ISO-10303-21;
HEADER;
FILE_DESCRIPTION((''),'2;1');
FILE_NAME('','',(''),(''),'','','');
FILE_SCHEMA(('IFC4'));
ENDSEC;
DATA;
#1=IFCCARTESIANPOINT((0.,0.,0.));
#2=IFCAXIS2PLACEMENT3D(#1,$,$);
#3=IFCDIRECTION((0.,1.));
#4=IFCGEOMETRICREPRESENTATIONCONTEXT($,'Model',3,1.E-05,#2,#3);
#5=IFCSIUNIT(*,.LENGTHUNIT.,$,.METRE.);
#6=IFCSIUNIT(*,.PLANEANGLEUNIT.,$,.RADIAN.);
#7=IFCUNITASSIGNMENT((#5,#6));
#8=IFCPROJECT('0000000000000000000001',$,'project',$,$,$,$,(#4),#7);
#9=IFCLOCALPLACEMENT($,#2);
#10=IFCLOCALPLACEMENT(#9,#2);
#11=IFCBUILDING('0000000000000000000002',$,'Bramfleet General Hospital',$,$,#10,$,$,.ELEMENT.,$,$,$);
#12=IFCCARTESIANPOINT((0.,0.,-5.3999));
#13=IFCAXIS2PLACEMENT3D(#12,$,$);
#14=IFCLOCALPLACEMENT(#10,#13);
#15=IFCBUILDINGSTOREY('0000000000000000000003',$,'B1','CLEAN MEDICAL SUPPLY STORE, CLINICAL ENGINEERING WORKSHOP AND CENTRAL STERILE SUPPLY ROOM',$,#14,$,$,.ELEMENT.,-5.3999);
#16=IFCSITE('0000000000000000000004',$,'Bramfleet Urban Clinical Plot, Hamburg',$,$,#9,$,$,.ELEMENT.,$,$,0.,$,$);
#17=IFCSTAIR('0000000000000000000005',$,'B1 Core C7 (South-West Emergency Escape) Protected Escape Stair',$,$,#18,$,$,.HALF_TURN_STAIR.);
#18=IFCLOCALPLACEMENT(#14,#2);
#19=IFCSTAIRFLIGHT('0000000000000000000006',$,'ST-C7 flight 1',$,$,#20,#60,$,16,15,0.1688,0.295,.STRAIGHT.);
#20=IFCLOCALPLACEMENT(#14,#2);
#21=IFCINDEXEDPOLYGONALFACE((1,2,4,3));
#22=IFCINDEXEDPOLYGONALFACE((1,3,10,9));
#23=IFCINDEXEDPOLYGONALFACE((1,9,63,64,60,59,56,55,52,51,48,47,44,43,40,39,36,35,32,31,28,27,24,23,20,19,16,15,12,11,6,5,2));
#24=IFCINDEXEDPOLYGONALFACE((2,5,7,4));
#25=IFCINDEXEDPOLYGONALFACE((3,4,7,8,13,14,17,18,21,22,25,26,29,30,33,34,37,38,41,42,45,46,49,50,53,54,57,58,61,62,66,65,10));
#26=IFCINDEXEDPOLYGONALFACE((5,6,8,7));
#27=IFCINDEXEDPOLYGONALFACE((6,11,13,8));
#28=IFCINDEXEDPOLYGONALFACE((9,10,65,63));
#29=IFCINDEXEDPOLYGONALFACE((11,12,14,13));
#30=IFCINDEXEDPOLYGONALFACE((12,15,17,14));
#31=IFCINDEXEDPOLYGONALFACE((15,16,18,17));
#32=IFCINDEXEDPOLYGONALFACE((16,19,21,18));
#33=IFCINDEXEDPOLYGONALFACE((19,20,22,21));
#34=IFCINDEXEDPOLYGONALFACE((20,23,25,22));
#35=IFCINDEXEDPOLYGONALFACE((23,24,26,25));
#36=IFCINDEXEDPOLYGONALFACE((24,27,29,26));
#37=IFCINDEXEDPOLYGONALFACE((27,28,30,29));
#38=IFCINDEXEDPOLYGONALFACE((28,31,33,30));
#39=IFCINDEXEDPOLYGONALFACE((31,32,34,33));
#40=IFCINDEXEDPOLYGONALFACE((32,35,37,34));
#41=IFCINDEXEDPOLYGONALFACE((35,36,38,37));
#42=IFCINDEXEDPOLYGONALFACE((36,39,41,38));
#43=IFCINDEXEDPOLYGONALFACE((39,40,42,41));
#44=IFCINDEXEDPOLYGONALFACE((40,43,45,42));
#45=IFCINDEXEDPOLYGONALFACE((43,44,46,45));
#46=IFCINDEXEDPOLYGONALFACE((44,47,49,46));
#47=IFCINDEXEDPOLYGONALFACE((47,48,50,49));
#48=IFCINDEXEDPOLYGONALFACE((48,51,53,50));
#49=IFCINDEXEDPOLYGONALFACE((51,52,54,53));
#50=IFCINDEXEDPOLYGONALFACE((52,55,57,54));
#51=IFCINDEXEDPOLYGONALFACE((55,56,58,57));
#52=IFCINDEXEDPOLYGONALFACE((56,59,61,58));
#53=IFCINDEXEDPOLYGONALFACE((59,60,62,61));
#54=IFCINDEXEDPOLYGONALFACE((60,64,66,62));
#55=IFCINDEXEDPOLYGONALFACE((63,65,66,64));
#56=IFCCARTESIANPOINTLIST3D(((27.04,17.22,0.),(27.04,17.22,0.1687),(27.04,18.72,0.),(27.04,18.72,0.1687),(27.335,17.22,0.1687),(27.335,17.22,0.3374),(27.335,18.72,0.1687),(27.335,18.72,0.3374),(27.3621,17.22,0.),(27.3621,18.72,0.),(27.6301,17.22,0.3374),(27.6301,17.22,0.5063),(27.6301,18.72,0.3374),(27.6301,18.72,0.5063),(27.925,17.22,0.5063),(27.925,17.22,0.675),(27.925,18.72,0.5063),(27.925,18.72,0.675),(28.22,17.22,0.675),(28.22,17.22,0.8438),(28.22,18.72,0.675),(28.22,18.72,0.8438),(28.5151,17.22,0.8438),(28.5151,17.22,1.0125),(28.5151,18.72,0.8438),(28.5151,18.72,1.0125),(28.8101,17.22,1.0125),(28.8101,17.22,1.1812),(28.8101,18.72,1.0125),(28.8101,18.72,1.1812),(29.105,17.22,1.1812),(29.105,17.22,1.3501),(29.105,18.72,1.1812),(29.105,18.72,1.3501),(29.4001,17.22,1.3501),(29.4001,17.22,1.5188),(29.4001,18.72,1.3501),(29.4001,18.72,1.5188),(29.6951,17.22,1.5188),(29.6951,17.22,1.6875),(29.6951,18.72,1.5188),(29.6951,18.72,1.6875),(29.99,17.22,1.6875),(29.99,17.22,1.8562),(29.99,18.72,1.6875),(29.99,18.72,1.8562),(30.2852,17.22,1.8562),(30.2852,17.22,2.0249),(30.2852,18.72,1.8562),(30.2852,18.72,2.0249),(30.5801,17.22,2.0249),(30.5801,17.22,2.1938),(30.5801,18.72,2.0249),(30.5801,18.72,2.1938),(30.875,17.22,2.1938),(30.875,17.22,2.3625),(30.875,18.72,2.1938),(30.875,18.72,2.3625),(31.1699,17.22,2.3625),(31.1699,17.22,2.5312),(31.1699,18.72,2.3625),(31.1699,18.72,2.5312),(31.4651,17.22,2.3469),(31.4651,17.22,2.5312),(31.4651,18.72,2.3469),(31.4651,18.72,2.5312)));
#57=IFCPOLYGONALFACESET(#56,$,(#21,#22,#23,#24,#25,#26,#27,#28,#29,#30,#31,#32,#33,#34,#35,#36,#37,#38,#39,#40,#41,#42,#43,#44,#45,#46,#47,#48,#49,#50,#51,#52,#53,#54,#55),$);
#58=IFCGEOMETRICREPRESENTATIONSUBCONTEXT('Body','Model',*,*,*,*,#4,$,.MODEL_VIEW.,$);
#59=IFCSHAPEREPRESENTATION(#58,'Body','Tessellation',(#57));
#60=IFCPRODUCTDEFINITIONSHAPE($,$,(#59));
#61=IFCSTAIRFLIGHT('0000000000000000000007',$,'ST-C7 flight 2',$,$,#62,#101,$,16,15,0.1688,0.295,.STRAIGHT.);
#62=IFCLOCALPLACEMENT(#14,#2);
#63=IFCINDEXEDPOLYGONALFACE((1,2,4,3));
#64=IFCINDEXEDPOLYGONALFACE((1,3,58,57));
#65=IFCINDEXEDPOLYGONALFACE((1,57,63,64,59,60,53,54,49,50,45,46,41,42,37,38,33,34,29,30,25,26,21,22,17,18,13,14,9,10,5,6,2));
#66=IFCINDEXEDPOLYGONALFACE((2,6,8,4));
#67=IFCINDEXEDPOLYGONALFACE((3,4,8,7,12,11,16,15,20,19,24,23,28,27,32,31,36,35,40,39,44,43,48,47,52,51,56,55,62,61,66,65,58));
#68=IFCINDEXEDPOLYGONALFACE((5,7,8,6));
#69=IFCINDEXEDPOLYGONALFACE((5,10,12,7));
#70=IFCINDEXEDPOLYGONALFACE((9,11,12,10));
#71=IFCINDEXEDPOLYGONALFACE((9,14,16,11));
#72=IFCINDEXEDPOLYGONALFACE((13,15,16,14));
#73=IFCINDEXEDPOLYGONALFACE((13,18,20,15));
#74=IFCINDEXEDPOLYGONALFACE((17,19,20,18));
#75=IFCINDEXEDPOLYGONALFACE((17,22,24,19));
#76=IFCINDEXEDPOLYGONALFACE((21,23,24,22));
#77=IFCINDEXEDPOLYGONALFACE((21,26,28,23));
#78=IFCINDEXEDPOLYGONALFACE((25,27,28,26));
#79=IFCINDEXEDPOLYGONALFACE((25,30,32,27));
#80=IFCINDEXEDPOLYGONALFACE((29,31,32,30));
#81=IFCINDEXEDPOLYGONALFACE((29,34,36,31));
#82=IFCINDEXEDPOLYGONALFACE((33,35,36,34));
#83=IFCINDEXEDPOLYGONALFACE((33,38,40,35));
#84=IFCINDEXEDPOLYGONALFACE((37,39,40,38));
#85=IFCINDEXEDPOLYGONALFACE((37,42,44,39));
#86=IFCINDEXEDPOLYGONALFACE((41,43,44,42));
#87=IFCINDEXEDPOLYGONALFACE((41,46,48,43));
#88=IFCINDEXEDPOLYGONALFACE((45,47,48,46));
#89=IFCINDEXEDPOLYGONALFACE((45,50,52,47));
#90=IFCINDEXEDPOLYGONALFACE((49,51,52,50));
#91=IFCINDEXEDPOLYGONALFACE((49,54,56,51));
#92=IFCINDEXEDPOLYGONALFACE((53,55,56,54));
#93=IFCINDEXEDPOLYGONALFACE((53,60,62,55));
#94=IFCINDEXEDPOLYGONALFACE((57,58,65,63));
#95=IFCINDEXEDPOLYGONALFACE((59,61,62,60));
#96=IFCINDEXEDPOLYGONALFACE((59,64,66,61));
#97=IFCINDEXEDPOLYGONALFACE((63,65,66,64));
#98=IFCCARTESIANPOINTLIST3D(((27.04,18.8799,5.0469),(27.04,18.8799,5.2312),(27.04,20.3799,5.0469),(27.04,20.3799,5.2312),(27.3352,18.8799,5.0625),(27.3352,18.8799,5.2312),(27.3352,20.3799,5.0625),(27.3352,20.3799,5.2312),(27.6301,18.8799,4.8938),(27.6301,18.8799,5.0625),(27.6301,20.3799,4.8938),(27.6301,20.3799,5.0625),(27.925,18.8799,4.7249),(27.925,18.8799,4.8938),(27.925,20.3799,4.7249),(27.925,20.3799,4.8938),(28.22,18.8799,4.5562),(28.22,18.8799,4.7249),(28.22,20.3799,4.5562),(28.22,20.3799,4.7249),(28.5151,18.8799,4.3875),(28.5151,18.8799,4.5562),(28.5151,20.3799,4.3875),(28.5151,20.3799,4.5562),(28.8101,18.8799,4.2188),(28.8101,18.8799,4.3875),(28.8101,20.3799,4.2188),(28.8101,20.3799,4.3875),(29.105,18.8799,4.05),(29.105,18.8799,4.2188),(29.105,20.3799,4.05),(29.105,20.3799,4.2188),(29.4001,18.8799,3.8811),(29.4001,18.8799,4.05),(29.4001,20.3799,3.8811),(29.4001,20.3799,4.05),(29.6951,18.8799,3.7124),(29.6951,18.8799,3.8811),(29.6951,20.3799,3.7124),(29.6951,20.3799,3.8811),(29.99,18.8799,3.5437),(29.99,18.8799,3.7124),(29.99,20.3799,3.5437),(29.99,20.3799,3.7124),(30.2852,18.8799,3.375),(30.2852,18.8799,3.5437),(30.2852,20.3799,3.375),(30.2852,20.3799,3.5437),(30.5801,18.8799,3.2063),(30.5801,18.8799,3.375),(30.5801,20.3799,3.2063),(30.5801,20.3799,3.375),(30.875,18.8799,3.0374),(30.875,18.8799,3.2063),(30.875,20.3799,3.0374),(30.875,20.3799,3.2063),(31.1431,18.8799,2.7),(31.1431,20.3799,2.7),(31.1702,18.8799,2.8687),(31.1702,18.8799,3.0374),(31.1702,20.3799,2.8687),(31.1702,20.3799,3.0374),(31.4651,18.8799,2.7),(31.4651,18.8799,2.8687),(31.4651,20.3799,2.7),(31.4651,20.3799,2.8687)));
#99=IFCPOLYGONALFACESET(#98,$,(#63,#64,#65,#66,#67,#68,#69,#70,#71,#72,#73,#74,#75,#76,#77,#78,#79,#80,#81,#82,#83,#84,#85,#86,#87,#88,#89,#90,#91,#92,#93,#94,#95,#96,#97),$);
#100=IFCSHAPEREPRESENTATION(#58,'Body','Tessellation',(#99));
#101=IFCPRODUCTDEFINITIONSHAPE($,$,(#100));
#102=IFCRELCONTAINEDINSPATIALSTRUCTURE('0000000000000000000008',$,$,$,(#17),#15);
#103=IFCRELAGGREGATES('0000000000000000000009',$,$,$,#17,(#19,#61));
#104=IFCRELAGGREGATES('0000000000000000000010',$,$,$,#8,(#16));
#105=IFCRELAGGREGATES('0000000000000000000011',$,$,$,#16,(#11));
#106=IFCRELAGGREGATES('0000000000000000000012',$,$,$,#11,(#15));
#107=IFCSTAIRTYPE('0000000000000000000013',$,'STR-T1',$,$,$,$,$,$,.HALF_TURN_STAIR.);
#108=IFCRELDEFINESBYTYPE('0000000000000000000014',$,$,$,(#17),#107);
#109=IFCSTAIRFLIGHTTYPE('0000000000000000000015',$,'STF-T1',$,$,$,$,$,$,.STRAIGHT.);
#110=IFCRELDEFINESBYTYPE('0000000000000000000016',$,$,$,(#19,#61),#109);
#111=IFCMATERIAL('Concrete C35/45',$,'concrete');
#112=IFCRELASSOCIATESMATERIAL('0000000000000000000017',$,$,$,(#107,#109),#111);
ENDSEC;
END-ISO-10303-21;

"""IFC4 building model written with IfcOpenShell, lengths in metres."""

from ifc_helpers import new_model, si_unit, direction, frame, origin, place, context, subcontext, project, spatial, polyline, outline, extrude, material, type_object, element, aggregate, save


model = new_model("IFC4")

# Units and contexts
model_context = context("Model", 3, precision=1e-05, world=origin(), true_north=direction((0.0, 1.0)))
body_context = subcontext(model_context, "Body", "Model", "MODEL_VIEW")
ifc_project = project(units=[si_unit("LENGTHUNIT", "METRE"), si_unit("PLANEANGLEUNIT", "RADIAN")], contexts=[model_context])

# Site, building, storey
site_placement = place(None, origin())
site = spatial("IfcSite", under=ifc_project, at=site_placement, Name="Bramfleet Urban Clinical Plot, Hamburg", CompositionType="ELEMENT", RefElevation=0.0)
building_placement = place(site_placement, origin())
building = spatial("IfcBuilding", under=site, at=building_placement, Name="Bramfleet General Hospital", CompositionType="ELEMENT")
storey_placement = place(building_placement, frame((0.0, 0.0, -5.3999)))
storey = spatial("IfcBuildingStorey", under=building, at=storey_placement, Name="B1", Description="CLEAN MEDICAL SUPPLY STORE, CLINICAL ENGINEERING WORKSHOP AND CENTRAL STERILE SUPPLY ROOM", CompositionType="ELEMENT", Elevation=-5.3999)

# Shared definitions
ifc_material_1 = material(Name="Concrete C35/45", Category="concrete")

# Stair, stair flights
stair_type = type_object("IfcStairType", Name="STR-T1", PredefinedType="HALF_TURN_STAIR", material=ifc_material_1)
stair_placement = place(storey_placement, origin())
stair = element("IfcStair", 1, at=stair_placement, inside=storey, type_object=stair_type, Name="B1 Core C7 (South-West Emergency Escape) Protected Escape Stair", PredefinedType="HALF_TURN_STAIR")
stair_flight_type = type_object("IfcStairFlightType", Name="STF-T1", PredefinedType="STRAIGHT", material=ifc_material_1)
stair_flight_1_placement = place(storey_placement, frame((27.04, 17.97, 0.0), z_axis=(0.0, 0.0, 1.0), x_axis=(1.0, 0.0, 0.0)))
stair_flight_1 = element("IfcStairFlight", 2, at=stair_flight_1_placement, type_object=stair_flight_type, Name="ST-C7 flight 1", NumberOfRisers=16, NumberOfTreads=15, PredefinedType="STRAIGHT", RiserHeight=0.1688, TreadLength=0.295, context=body_context, shape_type="SweptSolid", body=[
    extrude(outline(polyline([(0.0, 0.0), (0.0, 0.1687), (0.2949, 0.1687), (0.2949, 0.3374), (0.5901, 0.3374), (0.5901, 0.5063), (0.885, 0.5063), (0.885, 0.675), (1.1799, 0.675), (1.1799, 0.8438), (1.4751, 0.8438), (1.4751, 1.0125), (1.77, 1.0125), (1.77, 1.1812), (2.0649, 1.1812), (2.0649, 1.3501), (2.3601, 1.3501), (2.3601, 1.5188), (2.655, 1.5188), (2.655, 1.6875), (2.95, 1.6875), (2.95, 1.8562), (3.2451, 1.8562), (3.2451, 2.0249), (3.54, 2.0249), (3.54, 2.1938), (3.835, 2.1938), (3.835, 2.3625), (4.1299, 2.3625), (4.1299, 2.5312), (4.425, 2.5312), (4.425, 2.7), (4.425, 2.3469), (0.322, 0.0), (0.0, 0.0)])), frame((0.0, 0.75, 0.0), z_axis=(0.0, -1.0, 0.0), x_axis=(1.0, 0.0, 0.0)), (0.0, 0.0, 1.0), 1.5),
])
stair_flight_2_placement = place(storey_placement, frame((31.4651, 19.6299, 2.7), z_axis=(0.0, 0.0, 1.0), x_axis=(-1.0, 0.0, 0.0)))
stair_flight_2 = element("IfcStairFlight", 3, at=stair_flight_2_placement, type_object=stair_flight_type, Name="ST-C7 flight 2", NumberOfRisers=16, NumberOfTreads=15, PredefinedType="STRAIGHT", RiserHeight=0.1688, TreadLength=0.295, context=body_context, shape_type="SweptSolid", body=[
    extrude(outline(polyline([(0.0, 0.0), (0.0, 0.1687), (0.2949, 0.1687), (0.2949, 0.3374), (0.5901, 0.3374), (0.5901, 0.5063), (0.885, 0.5063), (0.885, 0.675), (1.1799, 0.675), (1.1799, 0.8438), (1.4751, 0.8438), (1.4751, 1.0125), (1.77, 1.0125), (1.77, 1.1812), (2.0649, 1.1812), (2.0649, 1.3501), (2.3601, 1.3501), (2.3601, 1.5188), (2.655, 1.5188), (2.655, 1.6875), (2.95, 1.6875), (2.95, 1.8562), (3.2451, 1.8562), (3.2451, 2.0249), (3.54, 2.0249), (3.54, 2.1938), (3.835, 2.1938), (3.835, 2.3625), (4.1299, 2.3625), (4.1299, 2.5312), (4.425, 2.5312), (4.425, 2.7), (4.425, 2.3469), (0.322, 0.0), (0.0, 0.0)])), frame((0.0, 0.75, 0.0), z_axis=(0.0, -1.0, 0.0), x_axis=(1.0, 0.0, 0.0)), (0.0, 0.0, 1.0), 1.5),
])
aggregate(stair, [stair_flight_1, stair_flight_2])

save(model, "model.ifc")
